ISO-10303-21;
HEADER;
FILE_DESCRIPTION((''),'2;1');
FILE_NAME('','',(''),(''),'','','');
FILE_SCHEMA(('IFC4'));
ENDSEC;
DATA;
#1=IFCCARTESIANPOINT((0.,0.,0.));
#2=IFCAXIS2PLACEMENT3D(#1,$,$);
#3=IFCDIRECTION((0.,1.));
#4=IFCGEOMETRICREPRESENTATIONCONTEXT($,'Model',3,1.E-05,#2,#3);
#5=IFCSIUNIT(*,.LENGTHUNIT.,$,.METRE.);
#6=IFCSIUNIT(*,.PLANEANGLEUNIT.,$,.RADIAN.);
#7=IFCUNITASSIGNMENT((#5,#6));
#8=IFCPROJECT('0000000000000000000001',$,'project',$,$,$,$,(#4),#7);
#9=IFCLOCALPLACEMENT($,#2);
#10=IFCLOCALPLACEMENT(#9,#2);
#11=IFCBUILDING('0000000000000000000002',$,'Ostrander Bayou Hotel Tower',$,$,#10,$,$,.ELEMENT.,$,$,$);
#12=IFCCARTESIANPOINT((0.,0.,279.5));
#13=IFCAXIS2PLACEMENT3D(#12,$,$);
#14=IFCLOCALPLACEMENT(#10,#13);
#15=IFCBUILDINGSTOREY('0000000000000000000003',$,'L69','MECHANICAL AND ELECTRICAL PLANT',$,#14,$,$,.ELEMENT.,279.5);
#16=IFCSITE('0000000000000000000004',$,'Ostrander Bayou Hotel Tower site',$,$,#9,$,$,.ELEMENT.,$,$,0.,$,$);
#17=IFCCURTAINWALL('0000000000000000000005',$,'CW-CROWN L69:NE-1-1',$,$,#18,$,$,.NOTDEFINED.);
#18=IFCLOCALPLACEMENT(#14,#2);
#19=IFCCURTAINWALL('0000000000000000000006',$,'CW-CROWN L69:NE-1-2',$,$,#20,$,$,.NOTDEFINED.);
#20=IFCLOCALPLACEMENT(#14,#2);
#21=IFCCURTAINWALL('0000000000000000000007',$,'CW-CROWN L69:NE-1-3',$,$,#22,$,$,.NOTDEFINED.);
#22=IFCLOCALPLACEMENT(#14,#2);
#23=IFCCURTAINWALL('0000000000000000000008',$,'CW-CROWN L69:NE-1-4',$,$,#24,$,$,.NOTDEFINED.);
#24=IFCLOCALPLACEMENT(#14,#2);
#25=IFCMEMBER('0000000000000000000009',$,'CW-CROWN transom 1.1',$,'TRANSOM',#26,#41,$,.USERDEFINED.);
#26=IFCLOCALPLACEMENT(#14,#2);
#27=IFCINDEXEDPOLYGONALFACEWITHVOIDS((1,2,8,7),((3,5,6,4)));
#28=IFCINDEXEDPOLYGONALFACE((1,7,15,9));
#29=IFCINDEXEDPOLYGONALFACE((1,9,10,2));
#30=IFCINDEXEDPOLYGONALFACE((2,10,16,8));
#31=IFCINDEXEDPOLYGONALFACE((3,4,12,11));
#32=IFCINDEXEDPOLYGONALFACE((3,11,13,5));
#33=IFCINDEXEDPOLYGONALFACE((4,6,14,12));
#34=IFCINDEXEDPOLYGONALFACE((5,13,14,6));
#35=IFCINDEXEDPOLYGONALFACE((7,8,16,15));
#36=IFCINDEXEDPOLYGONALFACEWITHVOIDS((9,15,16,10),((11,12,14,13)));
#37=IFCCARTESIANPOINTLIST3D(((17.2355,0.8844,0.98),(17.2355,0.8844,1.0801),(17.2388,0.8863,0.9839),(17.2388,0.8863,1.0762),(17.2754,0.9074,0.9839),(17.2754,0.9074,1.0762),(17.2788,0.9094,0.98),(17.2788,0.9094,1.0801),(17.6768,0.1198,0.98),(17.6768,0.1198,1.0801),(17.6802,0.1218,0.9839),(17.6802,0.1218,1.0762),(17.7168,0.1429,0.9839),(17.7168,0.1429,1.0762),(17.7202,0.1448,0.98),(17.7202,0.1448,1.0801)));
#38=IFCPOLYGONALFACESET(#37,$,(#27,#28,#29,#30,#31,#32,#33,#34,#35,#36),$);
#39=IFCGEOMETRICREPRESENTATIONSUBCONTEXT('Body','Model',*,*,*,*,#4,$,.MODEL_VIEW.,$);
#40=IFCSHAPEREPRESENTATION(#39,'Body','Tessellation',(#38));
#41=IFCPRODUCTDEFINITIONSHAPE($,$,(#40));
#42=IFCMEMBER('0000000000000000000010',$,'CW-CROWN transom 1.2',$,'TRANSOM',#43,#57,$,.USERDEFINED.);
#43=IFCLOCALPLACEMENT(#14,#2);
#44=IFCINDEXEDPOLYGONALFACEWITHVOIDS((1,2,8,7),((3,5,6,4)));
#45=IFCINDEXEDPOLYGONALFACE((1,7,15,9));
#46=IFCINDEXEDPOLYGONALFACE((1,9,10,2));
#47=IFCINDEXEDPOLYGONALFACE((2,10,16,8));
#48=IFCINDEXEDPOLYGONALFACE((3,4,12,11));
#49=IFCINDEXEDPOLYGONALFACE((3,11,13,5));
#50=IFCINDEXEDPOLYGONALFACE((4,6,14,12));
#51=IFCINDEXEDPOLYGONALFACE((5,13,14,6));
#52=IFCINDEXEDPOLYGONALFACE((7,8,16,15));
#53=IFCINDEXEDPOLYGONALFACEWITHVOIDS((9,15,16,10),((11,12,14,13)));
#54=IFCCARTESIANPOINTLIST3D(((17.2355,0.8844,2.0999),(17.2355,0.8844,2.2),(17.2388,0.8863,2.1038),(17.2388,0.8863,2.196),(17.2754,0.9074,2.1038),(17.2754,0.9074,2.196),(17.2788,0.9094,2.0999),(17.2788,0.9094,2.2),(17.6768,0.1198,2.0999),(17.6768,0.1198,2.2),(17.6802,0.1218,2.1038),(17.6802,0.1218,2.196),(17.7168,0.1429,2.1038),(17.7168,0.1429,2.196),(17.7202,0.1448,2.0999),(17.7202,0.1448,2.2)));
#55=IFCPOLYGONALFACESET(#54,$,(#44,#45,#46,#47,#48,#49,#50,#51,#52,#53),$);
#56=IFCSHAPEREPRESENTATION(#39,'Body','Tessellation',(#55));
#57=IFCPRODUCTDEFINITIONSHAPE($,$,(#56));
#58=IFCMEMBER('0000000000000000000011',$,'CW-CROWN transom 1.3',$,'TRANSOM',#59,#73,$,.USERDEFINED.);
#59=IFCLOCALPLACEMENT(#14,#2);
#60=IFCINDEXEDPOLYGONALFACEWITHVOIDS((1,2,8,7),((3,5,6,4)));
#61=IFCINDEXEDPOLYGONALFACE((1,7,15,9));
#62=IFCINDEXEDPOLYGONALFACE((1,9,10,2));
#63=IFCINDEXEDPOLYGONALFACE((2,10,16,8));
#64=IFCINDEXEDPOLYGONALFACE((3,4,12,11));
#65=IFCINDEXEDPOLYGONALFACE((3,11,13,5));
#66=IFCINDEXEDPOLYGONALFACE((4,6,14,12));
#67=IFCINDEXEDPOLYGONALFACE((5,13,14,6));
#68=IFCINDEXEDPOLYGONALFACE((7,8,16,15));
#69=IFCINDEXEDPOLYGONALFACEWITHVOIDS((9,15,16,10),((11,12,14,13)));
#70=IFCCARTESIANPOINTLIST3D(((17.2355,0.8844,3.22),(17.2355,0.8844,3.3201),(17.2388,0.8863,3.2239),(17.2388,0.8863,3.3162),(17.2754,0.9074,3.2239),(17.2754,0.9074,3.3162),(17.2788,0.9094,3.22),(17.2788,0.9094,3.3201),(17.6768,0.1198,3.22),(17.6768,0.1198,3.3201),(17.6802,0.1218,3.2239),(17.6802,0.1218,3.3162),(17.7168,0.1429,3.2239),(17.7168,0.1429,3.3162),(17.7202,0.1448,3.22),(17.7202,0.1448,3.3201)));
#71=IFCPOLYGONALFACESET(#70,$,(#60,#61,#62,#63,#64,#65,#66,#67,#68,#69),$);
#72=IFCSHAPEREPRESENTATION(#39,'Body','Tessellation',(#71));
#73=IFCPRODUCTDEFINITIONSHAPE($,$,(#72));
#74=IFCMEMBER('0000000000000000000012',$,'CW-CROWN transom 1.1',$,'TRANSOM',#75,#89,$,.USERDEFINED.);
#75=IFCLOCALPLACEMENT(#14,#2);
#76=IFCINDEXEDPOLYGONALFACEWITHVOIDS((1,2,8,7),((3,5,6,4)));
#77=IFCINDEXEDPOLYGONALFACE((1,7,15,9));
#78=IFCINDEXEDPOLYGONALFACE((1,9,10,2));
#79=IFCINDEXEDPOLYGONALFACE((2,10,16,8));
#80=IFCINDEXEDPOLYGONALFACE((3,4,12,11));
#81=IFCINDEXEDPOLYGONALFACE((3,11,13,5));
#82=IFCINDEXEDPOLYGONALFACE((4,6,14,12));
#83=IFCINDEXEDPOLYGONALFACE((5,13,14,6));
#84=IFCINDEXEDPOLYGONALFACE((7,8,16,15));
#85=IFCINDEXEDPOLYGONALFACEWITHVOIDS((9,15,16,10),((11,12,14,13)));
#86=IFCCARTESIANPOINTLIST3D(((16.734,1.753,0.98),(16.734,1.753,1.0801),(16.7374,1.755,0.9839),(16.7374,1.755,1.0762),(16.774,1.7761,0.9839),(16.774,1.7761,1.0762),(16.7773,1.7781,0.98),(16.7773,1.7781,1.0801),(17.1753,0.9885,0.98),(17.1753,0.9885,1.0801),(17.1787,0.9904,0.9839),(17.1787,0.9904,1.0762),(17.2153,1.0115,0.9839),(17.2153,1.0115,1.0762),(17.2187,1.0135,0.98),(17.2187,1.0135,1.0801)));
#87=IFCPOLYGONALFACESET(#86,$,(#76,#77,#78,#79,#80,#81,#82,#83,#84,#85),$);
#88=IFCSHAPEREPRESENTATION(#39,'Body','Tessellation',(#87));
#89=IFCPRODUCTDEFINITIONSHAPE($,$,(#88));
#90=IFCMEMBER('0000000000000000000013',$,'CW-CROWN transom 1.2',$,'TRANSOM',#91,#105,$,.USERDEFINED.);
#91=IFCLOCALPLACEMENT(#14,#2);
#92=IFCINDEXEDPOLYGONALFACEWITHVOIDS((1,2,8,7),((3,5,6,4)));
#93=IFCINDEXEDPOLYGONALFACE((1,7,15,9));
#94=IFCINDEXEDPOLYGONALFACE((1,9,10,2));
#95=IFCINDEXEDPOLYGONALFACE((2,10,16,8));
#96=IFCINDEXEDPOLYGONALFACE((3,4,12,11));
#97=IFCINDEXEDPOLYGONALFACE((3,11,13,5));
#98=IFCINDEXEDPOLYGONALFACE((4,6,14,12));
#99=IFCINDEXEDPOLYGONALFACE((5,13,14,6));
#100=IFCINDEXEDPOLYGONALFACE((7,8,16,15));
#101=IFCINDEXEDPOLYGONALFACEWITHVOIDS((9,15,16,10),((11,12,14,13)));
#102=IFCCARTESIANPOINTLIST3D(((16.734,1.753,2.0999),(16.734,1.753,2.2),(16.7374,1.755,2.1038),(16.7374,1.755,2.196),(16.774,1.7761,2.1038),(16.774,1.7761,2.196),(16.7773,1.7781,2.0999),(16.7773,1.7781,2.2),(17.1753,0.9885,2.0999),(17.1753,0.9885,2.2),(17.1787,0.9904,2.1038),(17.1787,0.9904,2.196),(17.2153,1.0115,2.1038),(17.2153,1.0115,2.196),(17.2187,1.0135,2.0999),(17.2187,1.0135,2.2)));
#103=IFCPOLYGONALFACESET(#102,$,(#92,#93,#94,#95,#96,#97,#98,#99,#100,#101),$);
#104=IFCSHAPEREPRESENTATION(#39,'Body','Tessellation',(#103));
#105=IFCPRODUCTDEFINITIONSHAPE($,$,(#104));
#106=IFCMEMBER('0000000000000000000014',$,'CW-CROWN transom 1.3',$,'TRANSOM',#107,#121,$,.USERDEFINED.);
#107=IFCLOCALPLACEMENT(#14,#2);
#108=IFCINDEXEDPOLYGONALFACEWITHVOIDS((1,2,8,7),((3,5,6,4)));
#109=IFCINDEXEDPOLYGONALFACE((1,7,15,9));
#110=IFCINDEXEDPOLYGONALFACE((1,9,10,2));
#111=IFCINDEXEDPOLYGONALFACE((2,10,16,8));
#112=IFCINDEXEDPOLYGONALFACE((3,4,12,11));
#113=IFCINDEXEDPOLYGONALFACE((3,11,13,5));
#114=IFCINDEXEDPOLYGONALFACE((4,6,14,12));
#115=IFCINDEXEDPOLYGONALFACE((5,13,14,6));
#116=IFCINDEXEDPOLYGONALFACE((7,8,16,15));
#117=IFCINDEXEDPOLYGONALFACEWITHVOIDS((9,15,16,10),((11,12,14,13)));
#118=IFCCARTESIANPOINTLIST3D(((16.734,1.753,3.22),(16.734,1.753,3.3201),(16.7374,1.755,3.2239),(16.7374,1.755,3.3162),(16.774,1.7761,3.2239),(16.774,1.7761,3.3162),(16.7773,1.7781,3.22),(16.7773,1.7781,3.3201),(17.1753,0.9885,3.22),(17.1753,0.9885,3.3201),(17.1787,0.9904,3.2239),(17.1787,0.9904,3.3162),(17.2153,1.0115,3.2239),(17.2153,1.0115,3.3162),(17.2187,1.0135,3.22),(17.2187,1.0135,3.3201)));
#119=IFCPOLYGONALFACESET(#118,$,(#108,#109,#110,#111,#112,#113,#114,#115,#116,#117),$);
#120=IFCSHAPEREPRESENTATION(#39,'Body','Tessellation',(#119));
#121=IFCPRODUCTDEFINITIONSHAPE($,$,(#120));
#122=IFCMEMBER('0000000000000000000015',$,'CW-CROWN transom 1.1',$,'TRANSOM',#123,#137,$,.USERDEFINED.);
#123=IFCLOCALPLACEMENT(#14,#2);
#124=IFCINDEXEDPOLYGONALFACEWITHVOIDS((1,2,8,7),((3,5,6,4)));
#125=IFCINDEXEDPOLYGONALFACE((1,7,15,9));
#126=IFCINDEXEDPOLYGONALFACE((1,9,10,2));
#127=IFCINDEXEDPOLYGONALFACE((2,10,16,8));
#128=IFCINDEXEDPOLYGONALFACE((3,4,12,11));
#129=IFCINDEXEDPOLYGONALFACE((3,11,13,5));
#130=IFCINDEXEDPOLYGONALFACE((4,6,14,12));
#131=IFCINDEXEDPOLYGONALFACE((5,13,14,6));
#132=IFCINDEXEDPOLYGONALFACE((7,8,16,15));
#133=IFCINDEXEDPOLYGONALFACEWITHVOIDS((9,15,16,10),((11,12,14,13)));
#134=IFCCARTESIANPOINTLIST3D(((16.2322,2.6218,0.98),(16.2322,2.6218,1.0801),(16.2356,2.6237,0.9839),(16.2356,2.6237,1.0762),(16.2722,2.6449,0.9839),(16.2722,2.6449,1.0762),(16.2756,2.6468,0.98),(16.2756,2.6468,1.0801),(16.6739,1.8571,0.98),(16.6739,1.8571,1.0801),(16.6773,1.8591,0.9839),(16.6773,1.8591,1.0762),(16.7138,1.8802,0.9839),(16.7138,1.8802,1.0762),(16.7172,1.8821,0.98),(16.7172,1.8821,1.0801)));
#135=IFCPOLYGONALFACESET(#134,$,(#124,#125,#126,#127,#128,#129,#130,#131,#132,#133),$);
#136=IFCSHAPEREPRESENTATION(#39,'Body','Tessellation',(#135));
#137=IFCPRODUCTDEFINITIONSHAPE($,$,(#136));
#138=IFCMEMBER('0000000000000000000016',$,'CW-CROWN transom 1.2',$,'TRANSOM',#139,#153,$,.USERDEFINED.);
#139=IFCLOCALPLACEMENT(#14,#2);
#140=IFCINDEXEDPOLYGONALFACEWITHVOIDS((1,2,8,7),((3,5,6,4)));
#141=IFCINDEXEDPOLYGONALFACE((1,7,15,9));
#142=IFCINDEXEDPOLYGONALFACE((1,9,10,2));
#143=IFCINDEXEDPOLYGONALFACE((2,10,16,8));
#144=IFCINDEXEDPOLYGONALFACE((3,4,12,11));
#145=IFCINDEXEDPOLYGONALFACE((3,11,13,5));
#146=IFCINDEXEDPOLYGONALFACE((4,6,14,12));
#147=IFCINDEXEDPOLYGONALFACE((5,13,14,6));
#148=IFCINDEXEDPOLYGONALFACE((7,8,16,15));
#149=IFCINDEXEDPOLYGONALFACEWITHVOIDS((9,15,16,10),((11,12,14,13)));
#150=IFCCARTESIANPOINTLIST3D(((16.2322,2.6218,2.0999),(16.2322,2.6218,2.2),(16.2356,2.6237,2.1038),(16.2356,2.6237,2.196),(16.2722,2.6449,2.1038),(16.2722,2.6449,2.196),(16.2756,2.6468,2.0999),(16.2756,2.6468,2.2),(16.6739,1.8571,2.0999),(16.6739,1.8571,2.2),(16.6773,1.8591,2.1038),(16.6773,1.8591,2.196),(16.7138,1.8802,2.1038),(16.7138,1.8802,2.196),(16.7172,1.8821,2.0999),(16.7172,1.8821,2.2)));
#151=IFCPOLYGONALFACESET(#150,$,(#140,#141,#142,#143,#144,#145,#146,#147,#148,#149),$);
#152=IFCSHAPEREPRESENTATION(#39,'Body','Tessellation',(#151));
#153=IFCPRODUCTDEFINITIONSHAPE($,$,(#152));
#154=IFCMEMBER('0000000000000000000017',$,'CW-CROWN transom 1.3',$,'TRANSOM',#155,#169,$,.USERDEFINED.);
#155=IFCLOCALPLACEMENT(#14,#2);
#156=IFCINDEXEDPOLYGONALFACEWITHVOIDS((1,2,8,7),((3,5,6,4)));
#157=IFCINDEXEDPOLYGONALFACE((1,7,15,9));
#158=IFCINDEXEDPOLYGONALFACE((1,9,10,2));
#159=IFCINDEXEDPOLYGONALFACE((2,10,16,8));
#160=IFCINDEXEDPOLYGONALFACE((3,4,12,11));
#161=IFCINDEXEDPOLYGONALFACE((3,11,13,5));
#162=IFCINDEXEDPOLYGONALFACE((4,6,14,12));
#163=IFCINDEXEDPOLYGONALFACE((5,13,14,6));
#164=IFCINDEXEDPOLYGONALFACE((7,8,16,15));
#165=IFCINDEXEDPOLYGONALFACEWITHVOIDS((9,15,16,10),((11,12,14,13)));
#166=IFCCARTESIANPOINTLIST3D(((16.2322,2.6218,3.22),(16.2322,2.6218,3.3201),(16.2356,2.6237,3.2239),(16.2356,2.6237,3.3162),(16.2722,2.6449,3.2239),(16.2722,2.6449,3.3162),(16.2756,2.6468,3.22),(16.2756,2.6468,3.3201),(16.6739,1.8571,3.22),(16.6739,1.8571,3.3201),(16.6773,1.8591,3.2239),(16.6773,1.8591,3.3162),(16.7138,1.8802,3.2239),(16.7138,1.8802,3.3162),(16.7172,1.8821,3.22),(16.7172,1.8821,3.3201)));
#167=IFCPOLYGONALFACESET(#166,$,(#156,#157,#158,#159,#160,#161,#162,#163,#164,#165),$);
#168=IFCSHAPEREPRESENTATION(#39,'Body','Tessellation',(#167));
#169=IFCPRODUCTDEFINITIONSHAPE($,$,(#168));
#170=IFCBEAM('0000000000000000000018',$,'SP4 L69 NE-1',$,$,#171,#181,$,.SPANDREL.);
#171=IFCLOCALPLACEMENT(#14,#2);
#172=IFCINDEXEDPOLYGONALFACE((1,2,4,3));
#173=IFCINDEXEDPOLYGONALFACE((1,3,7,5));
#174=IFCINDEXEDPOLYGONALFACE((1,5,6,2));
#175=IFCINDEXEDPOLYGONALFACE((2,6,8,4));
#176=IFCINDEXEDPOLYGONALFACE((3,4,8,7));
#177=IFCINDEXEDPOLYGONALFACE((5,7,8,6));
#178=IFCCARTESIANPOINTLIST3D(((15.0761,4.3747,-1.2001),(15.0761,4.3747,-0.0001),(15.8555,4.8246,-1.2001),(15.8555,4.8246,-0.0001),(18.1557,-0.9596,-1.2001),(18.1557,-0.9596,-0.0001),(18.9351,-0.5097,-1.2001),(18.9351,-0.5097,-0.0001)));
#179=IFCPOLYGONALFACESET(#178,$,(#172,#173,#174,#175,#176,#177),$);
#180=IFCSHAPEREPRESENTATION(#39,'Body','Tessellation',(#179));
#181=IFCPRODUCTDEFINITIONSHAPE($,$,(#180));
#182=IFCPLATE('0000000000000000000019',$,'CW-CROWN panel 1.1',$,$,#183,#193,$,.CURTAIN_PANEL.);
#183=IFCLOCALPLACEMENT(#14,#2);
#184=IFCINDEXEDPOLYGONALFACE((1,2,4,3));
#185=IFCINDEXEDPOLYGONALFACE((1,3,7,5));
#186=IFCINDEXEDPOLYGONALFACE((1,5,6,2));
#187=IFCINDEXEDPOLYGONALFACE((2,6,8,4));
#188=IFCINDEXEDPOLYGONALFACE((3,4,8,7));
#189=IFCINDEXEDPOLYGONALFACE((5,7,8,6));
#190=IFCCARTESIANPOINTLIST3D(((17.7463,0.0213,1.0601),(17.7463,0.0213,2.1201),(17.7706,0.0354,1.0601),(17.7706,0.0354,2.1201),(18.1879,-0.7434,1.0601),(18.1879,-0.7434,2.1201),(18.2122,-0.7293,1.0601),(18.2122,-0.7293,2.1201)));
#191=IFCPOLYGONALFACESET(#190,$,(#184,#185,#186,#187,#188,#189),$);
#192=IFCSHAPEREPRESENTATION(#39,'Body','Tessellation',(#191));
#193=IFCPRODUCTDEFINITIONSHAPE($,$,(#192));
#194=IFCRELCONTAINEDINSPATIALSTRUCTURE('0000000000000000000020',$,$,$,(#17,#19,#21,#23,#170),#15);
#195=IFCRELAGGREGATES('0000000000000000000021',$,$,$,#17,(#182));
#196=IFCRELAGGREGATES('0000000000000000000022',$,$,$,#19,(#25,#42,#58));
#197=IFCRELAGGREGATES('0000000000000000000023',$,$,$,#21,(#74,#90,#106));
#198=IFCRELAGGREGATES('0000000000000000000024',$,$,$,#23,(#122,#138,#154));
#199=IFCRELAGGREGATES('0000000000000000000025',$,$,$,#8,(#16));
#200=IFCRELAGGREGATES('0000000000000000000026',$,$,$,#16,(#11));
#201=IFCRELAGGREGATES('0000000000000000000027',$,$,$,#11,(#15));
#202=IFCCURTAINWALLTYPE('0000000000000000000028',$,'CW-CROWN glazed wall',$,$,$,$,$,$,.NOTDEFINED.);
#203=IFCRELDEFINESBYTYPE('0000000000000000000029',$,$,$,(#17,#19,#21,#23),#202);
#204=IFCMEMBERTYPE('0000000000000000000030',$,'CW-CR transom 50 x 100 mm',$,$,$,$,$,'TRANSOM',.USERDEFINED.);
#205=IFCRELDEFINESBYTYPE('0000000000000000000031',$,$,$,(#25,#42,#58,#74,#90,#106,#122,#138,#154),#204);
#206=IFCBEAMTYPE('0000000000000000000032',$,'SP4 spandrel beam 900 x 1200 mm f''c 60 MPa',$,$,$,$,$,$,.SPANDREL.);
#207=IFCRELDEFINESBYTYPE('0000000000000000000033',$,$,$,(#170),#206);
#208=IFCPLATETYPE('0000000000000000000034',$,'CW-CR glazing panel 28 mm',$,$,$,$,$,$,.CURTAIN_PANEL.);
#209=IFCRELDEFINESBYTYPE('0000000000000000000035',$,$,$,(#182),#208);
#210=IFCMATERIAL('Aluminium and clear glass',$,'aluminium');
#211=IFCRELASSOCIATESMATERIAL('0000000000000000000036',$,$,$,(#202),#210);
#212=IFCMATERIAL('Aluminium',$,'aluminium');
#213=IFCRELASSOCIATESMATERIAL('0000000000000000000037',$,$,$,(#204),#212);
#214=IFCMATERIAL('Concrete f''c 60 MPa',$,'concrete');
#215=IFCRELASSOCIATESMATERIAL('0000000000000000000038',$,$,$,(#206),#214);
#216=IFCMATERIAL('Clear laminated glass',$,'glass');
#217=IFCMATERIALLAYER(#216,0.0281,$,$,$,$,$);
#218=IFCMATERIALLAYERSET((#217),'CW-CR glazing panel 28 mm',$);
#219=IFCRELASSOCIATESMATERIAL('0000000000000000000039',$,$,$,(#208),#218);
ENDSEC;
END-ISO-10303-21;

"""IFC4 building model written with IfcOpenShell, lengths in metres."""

from ifc_helpers import new_model, si_unit, direction, frame, origin, origin_2d, place, context, subcontext, project, spatial, rectangle, hollow_rectangle, extrude, material, layer, layer_set, material_profile, profile_set, type_object, element, aggregate, save


model = new_model("IFC4")

# Units and contexts
model_context = context("Model", 3, precision=1e-05, world=origin(), true_north=direction((0.0, 1.0)))
body_context = subcontext(model_context, "Body", "Model", "MODEL_VIEW")
ifc_project = project(units=[si_unit("LENGTHUNIT", "METRE"), si_unit("PLANEANGLEUNIT", "RADIAN")], contexts=[model_context])

# Site, building, storey
site_placement = place(None, origin())
site = spatial("IfcSite", under=ifc_project, at=site_placement, Name="Ostrander Bayou Hotel Tower site", CompositionType="ELEMENT", RefElevation=0.0)
building_placement = place(site_placement, origin())
building = spatial("IfcBuilding", under=site, at=building_placement, Name="Ostrander Bayou Hotel Tower", CompositionType="ELEMENT")
storey_placement = place(building_placement, frame((0.0, 0.0, 279.5)))
storey = spatial("IfcBuildingStorey", under=building, at=storey_placement, Name="L69", Description="MECHANICAL AND ELECTRICAL PLANT", CompositionType="ELEMENT", Elevation=279.5)

# Curtain walls
ifc_material_1 = material(Name="Aluminium and clear glass", Category="aluminium")
curtain_wall_type = type_object("IfcCurtainWallType", Name="CW-CROWN glazed wall", PredefinedType="NOTDEFINED", material=ifc_material_1)
curtain_wall_1_placement = place(storey_placement, origin())
curtain_wall_1 = element("IfcCurtainWall", 1, at=curtain_wall_1_placement, inside=storey, type_object=curtain_wall_type, Name="CW-CROWN L69:NE-1-1", PredefinedType="NOTDEFINED")
curtain_wall_2_placement = place(storey_placement, origin())
curtain_wall_2 = element("IfcCurtainWall", 2, at=curtain_wall_2_placement, inside=storey, type_object=curtain_wall_type, Name="CW-CROWN L69:NE-1-2", PredefinedType="NOTDEFINED")
curtain_wall_3_placement = place(storey_placement, origin())
curtain_wall_3 = element("IfcCurtainWall", 3, at=curtain_wall_3_placement, inside=storey, type_object=curtain_wall_type, Name="CW-CROWN L69:NE-1-3", PredefinedType="NOTDEFINED")
curtain_wall_4_placement = place(storey_placement, origin())
curtain_wall_4 = element("IfcCurtainWall", 4, at=curtain_wall_4_placement, inside=storey, type_object=curtain_wall_type, Name="CW-CROWN L69:NE-1-4", PredefinedType="NOTDEFINED")

# Members
ifc_material_2 = material(Name="Aluminium", Category="aluminium")
ifc_material_profile_1 = material_profile(ifc_material_2, hollow_rectangle(XDim=0.05, YDim=0.1001, WallThickness=0.0039, at=origin_2d()))
ifc_profile_set_1 = profile_set([ifc_material_profile_1], Name="Aluminium")
member_type_1 = type_object("IfcMemberType", Name="CW-CR transom 50 x 100 mm", ElementType="TRANSOM", PredefinedType="USERDEFINED", material=ifc_profile_set_1)
member_1_placement = place(storey_placement, frame((17.6985, 0.1323, 1.03), z_axis=(-0.499946, 0.866057, 0.0), x_axis=(-0.866057, -0.499946, 0.0)))
member_1 = element("IfcMember", 5, at=member_1_placement, type_object=member_type_1, Name="CW-CROWN transom 1.1", ObjectType="TRANSOM", PredefinedType="USERDEFINED", context=body_context, shape_type="SweptSolid", body=[
    extrude(hollow_rectangle(XDim=0.05, YDim=0.1001, WallThickness=0.0039, at=origin_2d()), origin(), (0.0, 0.0, 1.0), 0.8828),
])
member_2_placement = place(storey_placement, frame((17.6985, 0.1323, 2.1499), z_axis=(-0.499946, 0.866057, 0.0), x_axis=(-0.866057, -0.499946, 0.0)))
member_2 = element("IfcMember", 6, at=member_2_placement, type_object=member_type_1, Name="CW-CROWN transom 1.2", ObjectType="TRANSOM", PredefinedType="USERDEFINED", context=body_context, shape_type="SweptSolid", body=[
    extrude(hollow_rectangle(XDim=0.05, YDim=0.1001, WallThickness=0.0039, at=origin_2d()), origin(), (0.0, 0.0, 1.0), 0.8828),
])
member_3_placement = place(storey_placement, frame((17.6985, 0.1323, 3.27), z_axis=(-0.499946, 0.866057, 0.0), x_axis=(-0.866057, -0.499946, 0.0)))
member_3 = element("IfcMember", 7, at=member_3_placement, type_object=member_type_1, Name="CW-CROWN transom 1.3", ObjectType="TRANSOM", PredefinedType="USERDEFINED", context=body_context, shape_type="SweptSolid", body=[
    extrude(hollow_rectangle(XDim=0.05, YDim=0.1001, WallThickness=0.0039, at=origin_2d()), origin(), (0.0, 0.0, 1.0), 0.8828),
])
member_4_placement = place(storey_placement, frame((17.197, 1.001, 1.03), z_axis=(-0.499946, 0.866057, 0.0), x_axis=(-0.866057, -0.499946, 0.0)))
member_4 = element("IfcMember", 8, at=member_4_placement, type_object=member_type_1, Name="CW-CROWN transom 1.1", ObjectType="TRANSOM", PredefinedType="USERDEFINED", context=body_context, shape_type="SweptSolid", body=[
    extrude(hollow_rectangle(XDim=0.05, YDim=0.1001, WallThickness=0.0039, at=origin_2d()), origin(), (0.0, 0.0, 1.0), 0.8828),
])
member_5_placement = place(storey_placement, frame((17.197, 1.001, 2.1499), z_axis=(-0.499946, 0.866057, 0.0), x_axis=(-0.866057, -0.499946, 0.0)))
member_5 = element("IfcMember", 9, at=member_5_placement, type_object=member_type_1, Name="CW-CROWN transom 1.2", ObjectType="TRANSOM", PredefinedType="USERDEFINED", context=body_context, shape_type="SweptSolid", body=[
    extrude(hollow_rectangle(XDim=0.05, YDim=0.1001, WallThickness=0.0039, at=origin_2d()), origin(), (0.0, 0.0, 1.0), 0.8828),
])
member_6_placement = place(storey_placement, frame((17.197, 1.001, 3.27), z_axis=(-0.499946, 0.866057, 0.0), x_axis=(-0.866057, -0.499946, 0.0)))
member_6 = element("IfcMember", 10, at=member_6_placement, type_object=member_type_1, Name="CW-CROWN transom 1.3", ObjectType="TRANSOM", PredefinedType="USERDEFINED", context=body_context, shape_type="SweptSolid", body=[
    extrude(hollow_rectangle(XDim=0.05, YDim=0.1001, WallThickness=0.0039, at=origin_2d()), origin(), (0.0, 0.0, 1.0), 0.8828),
])
member_7_placement = place(storey_placement, frame((16.6956, 1.8696, 1.03), z_axis=(-0.500153, 0.865937, 0.0), x_axis=(-0.865937, -0.500153, 0.0)))
member_7 = element("IfcMember", 11, at=member_7_placement, type_object=member_type_1, Name="CW-CROWN transom 1.1", ObjectType="TRANSOM", PredefinedType="USERDEFINED", context=body_context, shape_type="SweptSolid", body=[
    extrude(hollow_rectangle(XDim=0.05, YDim=0.1001, WallThickness=0.0039, at=origin_2d()), origin(), (0.0, 0.0, 1.0), 0.8831),
])
member_8_placement = place(storey_placement, frame((16.6956, 1.8696, 2.1499), z_axis=(-0.500153, 0.865937, 0.0), x_axis=(-0.865937, -0.500153, 0.0)))
member_8 = element("IfcMember", 12, at=member_8_placement, type_object=member_type_1, Name="CW-CROWN transom 1.2", ObjectType="TRANSOM", PredefinedType="USERDEFINED", context=body_context, shape_type="SweptSolid", body=[
    extrude(hollow_rectangle(XDim=0.05, YDim=0.1001, WallThickness=0.0039, at=origin_2d()), origin(), (0.0, 0.0, 1.0), 0.8831),
])
member_9_placement = place(storey_placement, frame((16.6956, 1.8696, 3.27), z_axis=(-0.500153, 0.865937, 0.0), x_axis=(-0.865937, -0.500153, 0.0)))
member_9 = element("IfcMember", 13, at=member_9_placement, type_object=member_type_1, Name="CW-CROWN transom 1.3", ObjectType="TRANSOM", PredefinedType="USERDEFINED", context=body_context, shape_type="SweptSolid", body=[
    extrude(hollow_rectangle(XDim=0.05, YDim=0.1001, WallThickness=0.0039, at=origin_2d()), origin(), (0.0, 0.0, 1.0), 0.8831),
])

# Beam
ifc_material_3 = material(Name="Concrete f'c 60 MPa", Category="concrete")
ifc_material_profile_2 = material_profile(ifc_material_3, rectangle(XDim=0.8999, YDim=1.2, at=origin_2d()))
ifc_profile_set_2 = profile_set([ifc_material_profile_2], Name="Concrete f'c 60 MPa")
beam_type = type_object("IfcBeamType", Name="SP4 spandrel beam 900 x 1200 mm f'c 60 MPa", PredefinedType="SPANDREL", material=ifc_profile_set_2)
beam_placement = place(storey_placement, frame((18.5454, -0.7346, -0.6001), z_axis=(-0.499984, 0.866034, 0.0), x_axis=(-0.866034, -0.499984, 0.0)))
element("IfcBeam", 14, at=beam_placement, inside=storey, type_object=beam_type, Name="SP4 L69 NE-1", PredefinedType="SPANDREL", context=body_context, shape_type="SweptSolid", body=[
    extrude(rectangle(XDim=0.8999, YDim=1.2, at=origin_2d()), origin(), (0.0, 0.0, 1.0), 6.1594),
])

# Plate
ifc_material_4 = material(Name="Clear laminated glass", Category="glass")
ifc_layer_1 = layer(ifc_material_4, 0.0281)
ifc_layer_set_1 = layer_set([ifc_layer_1], Name="CW-CR glazing panel 28 mm")
plate_type = type_object("IfcPlateType", Name="CW-CR glazing panel 28 mm", PredefinedType="CURTAIN_PANEL", material=ifc_layer_set_1)
plate_1_placement = place(storey_placement, frame((17.9792, -0.354, 1.0601), z_axis=(0.0, 0.0, 1.0), x_axis=(-0.500085, 0.865976, 0.0)))
plate_1 = element("IfcPlate", 15, at=plate_1_placement, type_object=plate_type, Name="CW-CROWN panel 1.1", PredefinedType="CURTAIN_PANEL", context=body_context, shape_type="SweptSolid", body=[
    extrude(rectangle(XDim=0.8831, YDim=0.0281, at=origin_2d()), origin(), (0.0, 0.0, 1.0), 1.0601),
])
aggregate(curtain_wall_1, [plate_1])
aggregate(curtain_wall_2, [member_1, member_2, member_3])
aggregate(curtain_wall_3, [member_4, member_5, member_6])
aggregate(curtain_wall_4, [member_7, member_8, member_9])

save(model, "model.ifc")
